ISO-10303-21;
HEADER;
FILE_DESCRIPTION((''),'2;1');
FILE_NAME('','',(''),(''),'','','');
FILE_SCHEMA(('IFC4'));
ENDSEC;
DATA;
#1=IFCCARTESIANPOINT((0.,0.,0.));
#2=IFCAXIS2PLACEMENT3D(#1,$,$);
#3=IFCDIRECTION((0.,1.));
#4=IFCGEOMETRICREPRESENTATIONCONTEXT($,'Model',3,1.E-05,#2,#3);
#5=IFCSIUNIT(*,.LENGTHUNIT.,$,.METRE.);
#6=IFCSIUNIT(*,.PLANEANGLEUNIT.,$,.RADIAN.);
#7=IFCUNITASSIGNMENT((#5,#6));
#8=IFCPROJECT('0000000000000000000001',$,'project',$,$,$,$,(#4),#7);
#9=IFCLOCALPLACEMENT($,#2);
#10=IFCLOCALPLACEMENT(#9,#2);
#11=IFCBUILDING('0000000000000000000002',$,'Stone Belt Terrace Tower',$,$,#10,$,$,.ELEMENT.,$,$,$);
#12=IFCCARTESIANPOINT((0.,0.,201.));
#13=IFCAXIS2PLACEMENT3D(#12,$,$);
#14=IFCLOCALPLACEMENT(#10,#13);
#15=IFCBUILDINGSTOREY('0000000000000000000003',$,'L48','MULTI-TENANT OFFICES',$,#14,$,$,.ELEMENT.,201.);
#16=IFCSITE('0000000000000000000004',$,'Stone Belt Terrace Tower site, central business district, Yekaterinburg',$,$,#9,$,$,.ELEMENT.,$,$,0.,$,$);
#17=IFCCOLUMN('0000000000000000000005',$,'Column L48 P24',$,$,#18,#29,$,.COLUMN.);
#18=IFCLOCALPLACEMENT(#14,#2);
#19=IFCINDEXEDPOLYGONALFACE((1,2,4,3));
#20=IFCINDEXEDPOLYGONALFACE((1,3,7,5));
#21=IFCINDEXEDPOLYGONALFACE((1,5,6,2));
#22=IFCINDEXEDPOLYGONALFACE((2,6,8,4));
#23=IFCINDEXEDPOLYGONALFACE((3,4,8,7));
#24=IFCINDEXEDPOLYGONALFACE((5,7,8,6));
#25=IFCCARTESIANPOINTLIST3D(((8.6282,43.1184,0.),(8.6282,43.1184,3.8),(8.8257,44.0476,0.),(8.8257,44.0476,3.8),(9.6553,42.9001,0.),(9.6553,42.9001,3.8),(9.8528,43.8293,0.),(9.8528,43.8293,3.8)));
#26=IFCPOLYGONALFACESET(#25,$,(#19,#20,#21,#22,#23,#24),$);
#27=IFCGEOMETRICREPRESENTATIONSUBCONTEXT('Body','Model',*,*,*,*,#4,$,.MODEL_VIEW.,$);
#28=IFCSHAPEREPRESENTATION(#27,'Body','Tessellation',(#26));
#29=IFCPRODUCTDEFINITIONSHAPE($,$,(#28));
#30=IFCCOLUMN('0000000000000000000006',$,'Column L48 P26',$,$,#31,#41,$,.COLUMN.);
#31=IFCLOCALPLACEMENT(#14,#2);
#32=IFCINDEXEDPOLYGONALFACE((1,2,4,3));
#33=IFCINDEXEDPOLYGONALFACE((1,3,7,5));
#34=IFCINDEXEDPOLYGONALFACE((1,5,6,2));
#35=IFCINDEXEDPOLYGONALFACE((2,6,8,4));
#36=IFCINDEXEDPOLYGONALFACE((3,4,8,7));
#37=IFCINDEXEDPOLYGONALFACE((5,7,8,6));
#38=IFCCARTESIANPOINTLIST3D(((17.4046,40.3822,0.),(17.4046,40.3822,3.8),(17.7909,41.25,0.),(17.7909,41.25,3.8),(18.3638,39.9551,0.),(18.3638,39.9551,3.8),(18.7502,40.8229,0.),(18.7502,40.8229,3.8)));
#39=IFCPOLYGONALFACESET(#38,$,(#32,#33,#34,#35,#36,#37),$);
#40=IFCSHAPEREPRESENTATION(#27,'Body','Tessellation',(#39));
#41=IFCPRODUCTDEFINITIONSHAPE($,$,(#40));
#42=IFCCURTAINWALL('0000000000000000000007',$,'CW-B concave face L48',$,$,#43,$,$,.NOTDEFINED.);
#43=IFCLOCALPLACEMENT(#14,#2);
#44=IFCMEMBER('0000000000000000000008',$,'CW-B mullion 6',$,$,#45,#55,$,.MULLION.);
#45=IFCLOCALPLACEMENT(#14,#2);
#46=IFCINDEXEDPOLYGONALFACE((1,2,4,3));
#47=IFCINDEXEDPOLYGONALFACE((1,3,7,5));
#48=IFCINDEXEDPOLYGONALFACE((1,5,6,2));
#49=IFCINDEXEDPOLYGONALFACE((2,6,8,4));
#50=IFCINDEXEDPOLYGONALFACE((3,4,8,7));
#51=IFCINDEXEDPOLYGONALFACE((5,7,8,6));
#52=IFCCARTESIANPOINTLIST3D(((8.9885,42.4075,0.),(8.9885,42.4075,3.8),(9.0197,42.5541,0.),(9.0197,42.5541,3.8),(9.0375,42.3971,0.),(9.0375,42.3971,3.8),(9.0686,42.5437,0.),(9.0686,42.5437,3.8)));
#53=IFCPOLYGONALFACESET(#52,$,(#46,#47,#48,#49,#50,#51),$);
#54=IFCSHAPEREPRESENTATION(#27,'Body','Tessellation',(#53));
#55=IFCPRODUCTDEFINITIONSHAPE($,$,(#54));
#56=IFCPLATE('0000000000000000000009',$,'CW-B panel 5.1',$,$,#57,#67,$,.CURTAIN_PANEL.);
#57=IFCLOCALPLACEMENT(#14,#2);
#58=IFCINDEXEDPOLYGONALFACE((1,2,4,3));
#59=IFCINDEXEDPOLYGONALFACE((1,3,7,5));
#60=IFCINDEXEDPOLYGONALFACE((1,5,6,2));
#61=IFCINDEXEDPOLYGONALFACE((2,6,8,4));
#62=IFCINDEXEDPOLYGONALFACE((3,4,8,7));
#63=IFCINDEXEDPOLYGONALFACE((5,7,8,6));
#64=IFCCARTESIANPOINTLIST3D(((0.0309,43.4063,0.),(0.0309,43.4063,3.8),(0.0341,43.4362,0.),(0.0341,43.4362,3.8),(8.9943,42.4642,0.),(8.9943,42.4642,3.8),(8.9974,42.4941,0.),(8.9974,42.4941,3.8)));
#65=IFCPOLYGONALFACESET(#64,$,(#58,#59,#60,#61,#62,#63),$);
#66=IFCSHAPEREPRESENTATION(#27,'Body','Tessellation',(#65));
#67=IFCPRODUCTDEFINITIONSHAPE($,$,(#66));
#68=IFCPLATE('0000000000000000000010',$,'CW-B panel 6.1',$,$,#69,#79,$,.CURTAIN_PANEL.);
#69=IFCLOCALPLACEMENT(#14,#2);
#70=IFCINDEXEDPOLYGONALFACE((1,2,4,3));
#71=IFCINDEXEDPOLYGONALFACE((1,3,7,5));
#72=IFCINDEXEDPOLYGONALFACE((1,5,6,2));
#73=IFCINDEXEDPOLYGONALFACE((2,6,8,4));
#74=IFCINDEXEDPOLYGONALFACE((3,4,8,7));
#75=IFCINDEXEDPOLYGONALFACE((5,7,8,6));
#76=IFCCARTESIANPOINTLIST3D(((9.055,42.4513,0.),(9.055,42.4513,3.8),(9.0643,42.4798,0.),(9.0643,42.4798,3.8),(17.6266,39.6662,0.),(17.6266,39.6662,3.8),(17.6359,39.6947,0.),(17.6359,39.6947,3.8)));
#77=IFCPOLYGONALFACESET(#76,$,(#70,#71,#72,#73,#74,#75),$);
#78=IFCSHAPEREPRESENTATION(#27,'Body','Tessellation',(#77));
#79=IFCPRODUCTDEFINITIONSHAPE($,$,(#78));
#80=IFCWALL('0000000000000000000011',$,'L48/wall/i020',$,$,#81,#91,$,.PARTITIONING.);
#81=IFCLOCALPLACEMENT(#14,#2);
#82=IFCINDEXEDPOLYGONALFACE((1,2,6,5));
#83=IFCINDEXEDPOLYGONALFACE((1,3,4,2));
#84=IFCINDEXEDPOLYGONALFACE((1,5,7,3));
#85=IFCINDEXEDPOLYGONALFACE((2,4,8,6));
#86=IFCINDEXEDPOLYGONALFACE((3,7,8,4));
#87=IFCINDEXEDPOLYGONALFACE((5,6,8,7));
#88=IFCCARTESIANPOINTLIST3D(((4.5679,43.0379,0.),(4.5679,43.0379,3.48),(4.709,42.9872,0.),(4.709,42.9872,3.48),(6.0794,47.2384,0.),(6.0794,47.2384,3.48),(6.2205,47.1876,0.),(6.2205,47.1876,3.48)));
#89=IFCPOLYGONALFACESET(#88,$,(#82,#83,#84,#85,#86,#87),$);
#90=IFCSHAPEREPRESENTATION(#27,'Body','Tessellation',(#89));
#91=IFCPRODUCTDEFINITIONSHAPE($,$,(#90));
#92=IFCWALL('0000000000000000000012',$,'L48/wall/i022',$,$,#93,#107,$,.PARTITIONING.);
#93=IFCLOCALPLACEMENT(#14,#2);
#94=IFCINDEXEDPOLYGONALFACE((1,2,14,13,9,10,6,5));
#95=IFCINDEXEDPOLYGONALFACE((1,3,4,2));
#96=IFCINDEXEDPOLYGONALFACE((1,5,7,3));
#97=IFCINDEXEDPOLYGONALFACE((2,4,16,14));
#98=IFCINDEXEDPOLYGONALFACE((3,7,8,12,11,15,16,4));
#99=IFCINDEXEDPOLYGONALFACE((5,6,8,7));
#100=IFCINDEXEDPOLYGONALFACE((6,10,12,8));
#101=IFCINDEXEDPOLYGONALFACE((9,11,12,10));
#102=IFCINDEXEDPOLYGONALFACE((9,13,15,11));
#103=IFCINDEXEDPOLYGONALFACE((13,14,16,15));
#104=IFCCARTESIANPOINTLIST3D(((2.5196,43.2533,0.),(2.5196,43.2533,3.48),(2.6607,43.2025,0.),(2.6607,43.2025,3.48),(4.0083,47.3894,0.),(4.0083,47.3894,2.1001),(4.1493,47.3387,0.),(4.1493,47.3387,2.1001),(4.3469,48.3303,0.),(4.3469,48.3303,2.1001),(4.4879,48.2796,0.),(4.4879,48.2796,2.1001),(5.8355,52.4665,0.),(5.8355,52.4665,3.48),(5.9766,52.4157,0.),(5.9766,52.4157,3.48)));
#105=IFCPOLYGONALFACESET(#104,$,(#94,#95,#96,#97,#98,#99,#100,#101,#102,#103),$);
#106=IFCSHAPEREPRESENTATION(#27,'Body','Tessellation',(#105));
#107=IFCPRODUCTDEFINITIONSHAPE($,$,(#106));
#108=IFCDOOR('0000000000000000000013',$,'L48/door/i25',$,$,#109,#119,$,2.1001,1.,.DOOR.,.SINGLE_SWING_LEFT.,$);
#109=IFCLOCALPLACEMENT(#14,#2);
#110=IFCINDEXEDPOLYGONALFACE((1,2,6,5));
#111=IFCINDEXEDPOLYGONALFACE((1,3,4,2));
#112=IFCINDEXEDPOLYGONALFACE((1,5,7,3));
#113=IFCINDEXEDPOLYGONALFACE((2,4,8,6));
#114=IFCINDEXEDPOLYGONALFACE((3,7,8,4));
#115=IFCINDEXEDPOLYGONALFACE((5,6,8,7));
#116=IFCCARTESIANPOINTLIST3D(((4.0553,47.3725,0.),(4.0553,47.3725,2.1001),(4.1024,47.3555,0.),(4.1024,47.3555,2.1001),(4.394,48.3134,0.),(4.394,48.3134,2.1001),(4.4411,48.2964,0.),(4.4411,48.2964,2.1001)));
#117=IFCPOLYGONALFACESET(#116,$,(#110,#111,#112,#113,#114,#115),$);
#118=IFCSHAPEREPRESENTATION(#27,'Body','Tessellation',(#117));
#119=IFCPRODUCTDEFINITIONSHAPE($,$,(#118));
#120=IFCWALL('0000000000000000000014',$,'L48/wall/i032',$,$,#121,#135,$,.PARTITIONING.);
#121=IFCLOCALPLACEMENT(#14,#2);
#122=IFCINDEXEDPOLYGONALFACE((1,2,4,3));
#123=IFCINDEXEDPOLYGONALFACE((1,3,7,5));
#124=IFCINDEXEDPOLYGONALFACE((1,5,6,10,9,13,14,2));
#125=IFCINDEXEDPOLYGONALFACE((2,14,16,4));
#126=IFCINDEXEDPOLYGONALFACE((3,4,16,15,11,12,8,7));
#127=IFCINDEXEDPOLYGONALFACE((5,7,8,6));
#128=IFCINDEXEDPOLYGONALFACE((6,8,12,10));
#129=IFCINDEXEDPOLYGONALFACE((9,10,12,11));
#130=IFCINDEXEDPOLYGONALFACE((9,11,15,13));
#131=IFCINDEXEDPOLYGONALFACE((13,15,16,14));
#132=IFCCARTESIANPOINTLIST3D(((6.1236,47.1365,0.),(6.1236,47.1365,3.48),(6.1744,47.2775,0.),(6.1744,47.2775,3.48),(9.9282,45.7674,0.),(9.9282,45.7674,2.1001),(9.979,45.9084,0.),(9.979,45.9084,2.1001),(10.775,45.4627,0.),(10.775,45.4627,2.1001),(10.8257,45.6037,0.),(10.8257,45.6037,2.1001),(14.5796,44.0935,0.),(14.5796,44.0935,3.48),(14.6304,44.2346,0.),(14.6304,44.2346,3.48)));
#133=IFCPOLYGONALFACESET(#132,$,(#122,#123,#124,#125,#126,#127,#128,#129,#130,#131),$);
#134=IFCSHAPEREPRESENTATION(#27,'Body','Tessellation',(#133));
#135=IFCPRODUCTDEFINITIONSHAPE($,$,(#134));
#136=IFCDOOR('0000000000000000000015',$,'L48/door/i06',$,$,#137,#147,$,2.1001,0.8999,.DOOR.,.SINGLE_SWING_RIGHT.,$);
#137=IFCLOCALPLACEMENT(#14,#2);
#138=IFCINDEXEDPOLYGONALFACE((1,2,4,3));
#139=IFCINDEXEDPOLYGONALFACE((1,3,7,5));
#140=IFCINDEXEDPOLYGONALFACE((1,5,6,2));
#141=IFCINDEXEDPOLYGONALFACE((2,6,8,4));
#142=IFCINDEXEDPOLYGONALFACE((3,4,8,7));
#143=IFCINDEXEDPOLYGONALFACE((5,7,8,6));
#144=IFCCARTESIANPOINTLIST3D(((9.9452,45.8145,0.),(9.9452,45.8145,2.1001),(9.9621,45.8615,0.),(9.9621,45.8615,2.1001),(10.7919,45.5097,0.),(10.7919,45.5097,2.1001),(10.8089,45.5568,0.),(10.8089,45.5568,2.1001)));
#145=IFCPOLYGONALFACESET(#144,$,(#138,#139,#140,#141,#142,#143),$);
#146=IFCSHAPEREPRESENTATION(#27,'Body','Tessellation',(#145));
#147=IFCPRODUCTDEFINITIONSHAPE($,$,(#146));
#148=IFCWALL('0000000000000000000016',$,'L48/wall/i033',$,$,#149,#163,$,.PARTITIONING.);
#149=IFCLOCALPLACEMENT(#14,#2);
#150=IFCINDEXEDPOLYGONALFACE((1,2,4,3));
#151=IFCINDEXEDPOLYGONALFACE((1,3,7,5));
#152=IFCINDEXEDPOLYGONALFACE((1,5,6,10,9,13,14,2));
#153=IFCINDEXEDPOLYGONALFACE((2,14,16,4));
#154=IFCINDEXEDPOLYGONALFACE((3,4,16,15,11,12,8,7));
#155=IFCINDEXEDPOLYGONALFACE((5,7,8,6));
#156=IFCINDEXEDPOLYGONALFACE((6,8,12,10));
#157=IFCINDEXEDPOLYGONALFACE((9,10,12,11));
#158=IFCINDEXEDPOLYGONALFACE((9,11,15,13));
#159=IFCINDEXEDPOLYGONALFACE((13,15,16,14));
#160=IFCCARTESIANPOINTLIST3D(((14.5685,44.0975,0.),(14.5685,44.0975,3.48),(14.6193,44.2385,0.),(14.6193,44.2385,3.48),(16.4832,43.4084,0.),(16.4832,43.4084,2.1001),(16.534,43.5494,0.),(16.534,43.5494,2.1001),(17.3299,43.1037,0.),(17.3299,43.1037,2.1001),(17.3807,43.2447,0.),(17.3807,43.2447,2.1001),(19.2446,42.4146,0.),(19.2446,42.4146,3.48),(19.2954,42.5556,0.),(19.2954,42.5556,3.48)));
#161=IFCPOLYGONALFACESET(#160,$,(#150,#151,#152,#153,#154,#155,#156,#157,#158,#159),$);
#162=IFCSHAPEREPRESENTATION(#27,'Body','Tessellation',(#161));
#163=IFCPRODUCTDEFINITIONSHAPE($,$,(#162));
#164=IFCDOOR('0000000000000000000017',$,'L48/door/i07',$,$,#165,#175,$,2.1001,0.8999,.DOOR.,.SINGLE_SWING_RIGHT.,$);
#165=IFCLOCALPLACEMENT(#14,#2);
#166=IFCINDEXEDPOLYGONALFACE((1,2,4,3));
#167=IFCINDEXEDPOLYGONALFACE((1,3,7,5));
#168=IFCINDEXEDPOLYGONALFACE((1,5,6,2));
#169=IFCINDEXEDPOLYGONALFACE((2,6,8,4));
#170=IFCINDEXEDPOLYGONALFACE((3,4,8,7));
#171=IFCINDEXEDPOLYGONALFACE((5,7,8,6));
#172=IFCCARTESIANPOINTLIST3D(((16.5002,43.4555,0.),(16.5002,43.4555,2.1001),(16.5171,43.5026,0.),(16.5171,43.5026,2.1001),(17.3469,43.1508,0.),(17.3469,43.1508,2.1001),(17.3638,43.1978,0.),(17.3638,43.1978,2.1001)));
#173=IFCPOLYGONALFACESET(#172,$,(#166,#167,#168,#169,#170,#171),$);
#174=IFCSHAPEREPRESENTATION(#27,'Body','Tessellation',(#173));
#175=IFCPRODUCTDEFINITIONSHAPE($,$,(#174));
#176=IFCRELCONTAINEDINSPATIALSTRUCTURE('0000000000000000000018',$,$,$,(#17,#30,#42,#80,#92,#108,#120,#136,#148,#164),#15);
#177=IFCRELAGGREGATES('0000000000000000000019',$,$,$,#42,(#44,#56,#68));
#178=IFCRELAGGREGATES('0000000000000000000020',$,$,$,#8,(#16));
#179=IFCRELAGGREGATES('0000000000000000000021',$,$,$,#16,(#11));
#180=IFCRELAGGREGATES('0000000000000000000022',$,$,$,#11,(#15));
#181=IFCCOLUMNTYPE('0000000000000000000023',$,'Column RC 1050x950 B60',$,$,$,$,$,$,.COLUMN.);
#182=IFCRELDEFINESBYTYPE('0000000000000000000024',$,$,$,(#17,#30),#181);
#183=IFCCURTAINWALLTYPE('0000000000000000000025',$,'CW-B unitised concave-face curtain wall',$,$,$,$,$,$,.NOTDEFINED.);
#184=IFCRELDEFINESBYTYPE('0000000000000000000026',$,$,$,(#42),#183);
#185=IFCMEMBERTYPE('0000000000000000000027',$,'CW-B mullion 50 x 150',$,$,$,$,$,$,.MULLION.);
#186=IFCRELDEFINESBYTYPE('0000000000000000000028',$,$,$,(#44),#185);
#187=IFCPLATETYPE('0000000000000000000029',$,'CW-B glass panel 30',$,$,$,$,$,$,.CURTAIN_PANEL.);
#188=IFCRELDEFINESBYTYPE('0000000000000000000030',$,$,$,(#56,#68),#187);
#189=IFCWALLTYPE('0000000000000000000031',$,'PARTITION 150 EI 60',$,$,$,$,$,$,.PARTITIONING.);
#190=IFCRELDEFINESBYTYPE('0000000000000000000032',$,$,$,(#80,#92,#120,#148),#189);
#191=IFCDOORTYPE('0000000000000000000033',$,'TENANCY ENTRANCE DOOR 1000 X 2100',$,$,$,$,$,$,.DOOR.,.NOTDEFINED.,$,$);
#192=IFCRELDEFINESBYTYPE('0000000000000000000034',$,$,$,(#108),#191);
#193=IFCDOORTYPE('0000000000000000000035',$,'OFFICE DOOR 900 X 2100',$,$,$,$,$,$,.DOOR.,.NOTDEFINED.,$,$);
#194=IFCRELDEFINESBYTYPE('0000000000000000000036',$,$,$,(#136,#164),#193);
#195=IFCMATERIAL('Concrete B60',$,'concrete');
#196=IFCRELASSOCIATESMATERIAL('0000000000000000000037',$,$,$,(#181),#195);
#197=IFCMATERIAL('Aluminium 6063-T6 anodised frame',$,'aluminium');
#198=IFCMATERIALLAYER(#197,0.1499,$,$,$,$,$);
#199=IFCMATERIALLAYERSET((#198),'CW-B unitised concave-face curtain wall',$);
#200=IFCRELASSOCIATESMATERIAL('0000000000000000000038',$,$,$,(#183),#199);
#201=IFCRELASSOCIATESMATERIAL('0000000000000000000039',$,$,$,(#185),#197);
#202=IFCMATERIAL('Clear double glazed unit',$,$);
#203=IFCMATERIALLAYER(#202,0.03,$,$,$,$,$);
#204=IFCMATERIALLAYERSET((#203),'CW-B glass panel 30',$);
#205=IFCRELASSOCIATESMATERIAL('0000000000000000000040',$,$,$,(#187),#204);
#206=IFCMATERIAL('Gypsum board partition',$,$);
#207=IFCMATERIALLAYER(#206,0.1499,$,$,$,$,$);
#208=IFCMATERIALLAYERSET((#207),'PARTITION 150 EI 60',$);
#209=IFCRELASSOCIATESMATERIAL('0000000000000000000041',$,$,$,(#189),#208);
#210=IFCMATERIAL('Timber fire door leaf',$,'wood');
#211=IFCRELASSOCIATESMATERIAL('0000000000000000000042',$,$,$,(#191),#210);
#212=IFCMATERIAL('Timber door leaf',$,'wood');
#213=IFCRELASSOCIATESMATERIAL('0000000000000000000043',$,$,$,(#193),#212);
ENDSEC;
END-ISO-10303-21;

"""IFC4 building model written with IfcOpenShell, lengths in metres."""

from ifc_helpers import new_model, si_unit, direction, frame, frame_2d, origin, origin_2d, place, context, subcontext, project, spatial, rectangle, extrude, material, layer, layer_set, material_profile, profile_set, type_object, element, fill, aggregate, save


model = new_model("IFC4")

# Units and contexts
model_context = context("Model", 3, precision=1e-05, world=origin(), true_north=direction((0.0, 1.0)))
body_context = subcontext(model_context, "Body", "Model", "MODEL_VIEW")
ifc_project = project(units=[si_unit("LENGTHUNIT", "METRE"), si_unit("PLANEANGLEUNIT", "RADIAN")], contexts=[model_context])

# Site, building, storey
site_placement = place(None, origin())
site = spatial("IfcSite", under=ifc_project, at=site_placement, Name="Stone Belt Terrace Tower site, central business district, Yekaterinburg", CompositionType="ELEMENT", RefElevation=0.0)
building_placement = place(site_placement, origin())
building = spatial("IfcBuilding", under=site, at=building_placement, Name="Stone Belt Terrace Tower", CompositionType="ELEMENT")
storey_placement = place(building_placement, frame((0.0, 0.0, 201.0)))
storey = spatial("IfcBuildingStorey", under=building, at=storey_placement, Name="L48", Description="MULTI-TENANT OFFICES", CompositionType="ELEMENT", Elevation=201.0)

# Columns
ifc_material_1 = material(Name="Concrete B60", Category="concrete")
ifc_material_profile_1 = material_profile(ifc_material_1, rectangle(XDim=1.05, YDim=0.95, at=origin_2d()), Name="RC 1050x950")
ifc_profile_set_1 = profile_set([ifc_material_profile_1], Name="Concrete B60")
column_type = type_object("IfcColumnType", Name="Column RC 1050x950 B60", PredefinedType="COLUMN", material=ifc_profile_set_1)
for number, where, z_axis, x_axis, name in (
    (1, (9.2405, 43.4739, 0.0), (0.0, 0.0, 1.0), (0.978148, -0.207912, 0.0), "Column L48 P24"),
    (2, (18.0774, 40.6025, 0.0), (0.0, 0.0, 1.0), (0.913545, -0.406737, 0.0), "Column L48 P26"),
):
    element("IfcColumn", number, at=place(storey_placement, frame(where, z_axis=z_axis, x_axis=x_axis)), inside=storey, type_object=column_type, Name=name, PredefinedType="COLUMN", context=body_context, shape_type="SweptSolid", body=[
        extrude(rectangle(XDim=1.05, YDim=0.95, at=origin_2d()), origin(), (0.0, 0.0, 1.0), 3.8),
    ])

# Curtain wall, member, plates
ifc_material_2 = material(Name="Aluminium 6063-T6 anodised frame", Category="aluminium")
ifc_layer_1 = layer(ifc_material_2, 0.1499)
ifc_layer_set_1 = layer_set([ifc_layer_1], Name="CW-B unitised concave-face curtain wall")
curtain_wall_type = type_object("IfcCurtainWallType", Name="CW-B unitised concave-face curtain wall", PredefinedType="NOTDEFINED", material=ifc_layer_set_1)
curtain_wall_placement = place(storey_placement, origin())
curtain_wall = element("IfcCurtainWall", 3, at=curtain_wall_placement, inside=storey, type_object=curtain_wall_type, Name="CW-B concave face L48", PredefinedType="NOTDEFINED")
ifc_material_profile_2 = material_profile(ifc_material_2, rectangle(XDim=0.1499, YDim=0.05, at=origin_2d()), Name="Aluminium 6063-T6 50x150")
ifc_profile_set_2 = profile_set([ifc_material_profile_2], Name="Aluminium 6063-T6 anodised frame")
member_type = type_object("IfcMemberType", Name="CW-B mullion 50 x 150", PredefinedType="MULLION", material=ifc_profile_set_2)
member_placement = place(storey_placement, frame((9.0286, 42.4756, 0.0), z_axis=(0.0, 0.0, 1.0), x_axis=(0.207912, 0.978148, 0.0)))
member = element("IfcMember", 4, at=member_placement, type_object=member_type, Name="CW-B mullion 6", PredefinedType="MULLION", context=body_context, shape_type="SweptSolid", body=[
    extrude(rectangle(XDim=0.1499, YDim=0.05, at=origin_2d()), origin(), (0.0, 0.0, 1.0), 3.8),
])
ifc_material_3 = material(Name="Clear double glazed unit")
ifc_layer_2 = layer(ifc_material_3, 0.03)
ifc_layer_set_2 = layer_set([ifc_layer_2], Name="CW-B glass panel 30")
plate_type = type_object("IfcPlateType", Name="CW-B glass panel 30", PredefinedType="CURTAIN_PANEL", material=ifc_layer_set_2)
plate_1_placement = place(storey_placement, frame((4.5142, 42.9502, 0.0), z_axis=(0.0, 0.0, 1.0), x_axis=(0.994522, -0.104528, 0.0)))
plate_1 = element("IfcPlate", 5, at=plate_1_placement, type_object=plate_type, Name="CW-B panel 5.1", PredefinedType="CURTAIN_PANEL", context=body_context, shape_type="SweptSolid", body=[
    extrude(rectangle(XDim=9.0127, YDim=0.03, at=origin_2d()), origin(), (0.0, 0.0, 1.0), 3.8),
])
plate_2_placement = place(storey_placement, frame((13.3455, 41.073, 0.0), z_axis=(0.0, 0.0, 1.0), x_axis=(0.951057, -0.309017, 0.0)))
plate_2 = element("IfcPlate", 6, at=plate_2_placement, type_object=plate_type, Name="CW-B panel 6.1", PredefinedType="CURTAIN_PANEL", context=body_context, shape_type="SweptSolid", body=[
    extrude(rectangle(XDim=9.0127, YDim=0.03, at=origin_2d()), origin(), (0.0, 0.0, 1.0), 3.8),
])
aggregate(curtain_wall, [member, plate_1, plate_2])

# Wall
ifc_material_4 = material(Name="Gypsum board partition")
ifc_layer_3 = layer(ifc_material_4, 0.1499)
ifc_layer_set_3 = layer_set([ifc_layer_3], Name="PARTITION 150 EI 60")
wall_type_1 = type_object("IfcWallType", Name="PARTITION 150 EI 60", PredefinedType="PARTITIONING", material=ifc_layer_set_3)
wall_1_placement = place(storey_placement, frame((6.1499, 47.2129, 0.0), z_axis=(0.0, 0.0, 1.0), x_axis=(-0.338584, -0.940936, 0.0)))
element("IfcWall", 7, at=wall_1_placement, inside=storey, type_object=wall_type_1, Name="L48/wall/i020", PredefinedType="PARTITIONING", context=body_context, shape_type="SweptSolid", body=[
    extrude(rectangle(XDim=4.4641, YDim=0.1499, at=frame_2d((2.2319, 0.0))), origin(), (0.0, 0.0, 1.0), 3.48),
])

# Walls, openings, doors
wall_2_placement = place(storey_placement, frame((2.5901, 43.2278, 0.0), z_axis=(0.0, 0.0, 1.0), x_axis=(0.338646, 0.940914, 0.0)))
wall_2 = element("IfcWall", 8, at=wall_2_placement, inside=storey, type_object=wall_type_1, Name="L48/wall/i022", PredefinedType="PARTITIONING", context=body_context, shape_type="SweptSolid", body=[
    extrude(rectangle(XDim=9.7917, YDim=0.1499, at=frame_2d((4.896, 0.0))), origin(), (0.0, 0.0, 1.0), 3.48),
])
opening_1_placement = place(wall_2_placement, frame((4.396, 0.0, 0.0)))
opening_1 = element("IfcOpeningElement", 9, at=opening_1_placement, cuts=wall_2, PredefinedType="OPENING", context=body_context, shape_type="SweptSolid", body=[
    extrude(rectangle(XDim=1.0, YDim=2.1001, at=frame_2d((0.5, 1.05))), frame((0.0, 0.085, 0.0), z_axis=(0.0, -1.0, 0.0), x_axis=(1.0, 0.0, 0.0)), (0.0, 0.0, 1.0), 0.1699),
])
ifc_material_5 = material(Name="Timber fire door leaf", Category="wood")
door_type_1 = type_object("IfcDoorType", Name="TENANCY ENTRANCE DOOR 1000 X 2100", OperationType="NOTDEFINED", PredefinedType="DOOR", material=ifc_material_5)
door_1_placement = place(opening_1_placement, origin())
door_1 = element("IfcDoor", 10, at=door_1_placement, inside=storey, type_object=door_type_1, Name="L48/door/i25", OperationType="SINGLE_SWING_LEFT", OverallHeight=2.1001, OverallWidth=1.0, PredefinedType="DOOR", context=body_context, shape_type="SweptSolid", body=[
    extrude(rectangle(XDim=1.0, YDim=2.1001, at=frame_2d((0.5, 1.05))), frame((0.0, 0.0249, 0.0), z_axis=(0.0, -1.0, 0.0), x_axis=(1.0, 0.0, 0.0)), (0.0, 0.0, 1.0), 0.05),
])
fill(opening_1, door_1)
wall_3_placement = place(storey_placement, frame((14.605, 44.1641, 0.0), z_axis=(0.0, 0.0, 1.0), x_axis=(-0.94093, 0.3386, 0.0)))
wall_3 = element("IfcWall", 11, at=wall_3_placement, inside=storey, type_object=wall_type_1, Name="L48/wall/i032", PredefinedType="PARTITIONING", context=body_context, shape_type="SweptSolid", body=[
    extrude(rectangle(XDim=8.9868, YDim=0.1499, at=frame_2d((4.4934, 0.0))), origin(), (0.0, 0.0, 1.0), 3.48),
])
opening_2_placement = place(wall_3_placement, frame((4.0435, 0.0, 0.0)))
opening_2 = element("IfcOpeningElement", 12, at=opening_2_placement, cuts=wall_3, PredefinedType="OPENING", context=body_context, shape_type="SweptSolid", body=[
    extrude(rectangle(XDim=0.8999, YDim=2.1001, at=frame_2d((0.45, 1.05))), frame((0.0, 0.085, 0.0), z_axis=(0.0, -1.0, 0.0), x_axis=(1.0, 0.0, 0.0)), (0.0, 0.0, 1.0), 0.1699),
])
ifc_material_6 = material(Name="Timber door leaf", Category="wood")
door_type_2 = type_object("IfcDoorType", Name="OFFICE DOOR 900 X 2100", OperationType="NOTDEFINED", PredefinedType="DOOR", material=ifc_material_6)
door_2_placement = place(opening_2_placement, origin())
door_2 = element("IfcDoor", 13, at=door_2_placement, inside=storey, type_object=door_type_2, Name="L48/door/i06", OperationType="SINGLE_SWING_RIGHT", OverallHeight=2.1001, OverallWidth=0.8999, PredefinedType="DOOR", context=body_context, shape_type="SweptSolid", body=[
    extrude(rectangle(XDim=0.8999, YDim=2.1001, at=frame_2d((0.45, 1.05))), frame((0.0, 0.0249, 0.0), z_axis=(0.0, -1.0, 0.0), x_axis=(1.0, 0.0, 0.0)), (0.0, 0.0, 1.0), 0.05),
])
fill(opening_2, door_2)
wall_4_placement = place(storey_placement, frame((19.27, 42.4851, 0.0), z_axis=(0.0, 0.0, 1.0), x_axis=(-0.94092, 0.338629, 0.0)))
wall_4 = element("IfcWall", 14, at=wall_4_placement, inside=storey, type_object=wall_type_1, Name="L48/wall/i033", PredefinedType="PARTITIONING", context=body_context, shape_type="SweptSolid", body=[
    extrude(rectangle(XDim=4.9697, YDim=0.1499, at=frame_2d((2.4849, 0.0))), origin(), (0.0, 0.0, 1.0), 3.48),
])
opening_3_placement = place(wall_4_placement, frame((2.0349, 0.0, 0.0)))
opening_3 = element("IfcOpeningElement", 15, at=opening_3_placement, cuts=wall_4, PredefinedType="OPENING", context=body_context, shape_type="SweptSolid", body=[
    extrude(rectangle(XDim=0.8999, YDim=2.1001, at=frame_2d((0.45, 1.05))), frame((0.0, 0.085, 0.0), z_axis=(0.0, -1.0, 0.0), x_axis=(1.0, 0.0, 0.0)), (0.0, 0.0, 1.0), 0.1699),
])
door_3_placement = place(opening_3_placement, origin())
door_3 = element("IfcDoor", 16, at=door_3_placement, inside=storey, type_object=door_type_2, Name="L48/door/i07", OperationType="SINGLE_SWING_RIGHT", OverallHeight=2.1001, OverallWidth=0.8999, PredefinedType="DOOR", context=body_context, shape_type="SweptSolid", body=[
    extrude(rectangle(XDim=0.8999, YDim=2.1001, at=frame_2d((0.45, 1.05))), frame((0.0, 0.0249, 0.0), z_axis=(0.0, -1.0, 0.0), x_axis=(1.0, 0.0, 0.0)), (0.0, 0.0, 1.0), 0.05),
])
fill(opening_3, door_3)

save(model, "model.ifc")
